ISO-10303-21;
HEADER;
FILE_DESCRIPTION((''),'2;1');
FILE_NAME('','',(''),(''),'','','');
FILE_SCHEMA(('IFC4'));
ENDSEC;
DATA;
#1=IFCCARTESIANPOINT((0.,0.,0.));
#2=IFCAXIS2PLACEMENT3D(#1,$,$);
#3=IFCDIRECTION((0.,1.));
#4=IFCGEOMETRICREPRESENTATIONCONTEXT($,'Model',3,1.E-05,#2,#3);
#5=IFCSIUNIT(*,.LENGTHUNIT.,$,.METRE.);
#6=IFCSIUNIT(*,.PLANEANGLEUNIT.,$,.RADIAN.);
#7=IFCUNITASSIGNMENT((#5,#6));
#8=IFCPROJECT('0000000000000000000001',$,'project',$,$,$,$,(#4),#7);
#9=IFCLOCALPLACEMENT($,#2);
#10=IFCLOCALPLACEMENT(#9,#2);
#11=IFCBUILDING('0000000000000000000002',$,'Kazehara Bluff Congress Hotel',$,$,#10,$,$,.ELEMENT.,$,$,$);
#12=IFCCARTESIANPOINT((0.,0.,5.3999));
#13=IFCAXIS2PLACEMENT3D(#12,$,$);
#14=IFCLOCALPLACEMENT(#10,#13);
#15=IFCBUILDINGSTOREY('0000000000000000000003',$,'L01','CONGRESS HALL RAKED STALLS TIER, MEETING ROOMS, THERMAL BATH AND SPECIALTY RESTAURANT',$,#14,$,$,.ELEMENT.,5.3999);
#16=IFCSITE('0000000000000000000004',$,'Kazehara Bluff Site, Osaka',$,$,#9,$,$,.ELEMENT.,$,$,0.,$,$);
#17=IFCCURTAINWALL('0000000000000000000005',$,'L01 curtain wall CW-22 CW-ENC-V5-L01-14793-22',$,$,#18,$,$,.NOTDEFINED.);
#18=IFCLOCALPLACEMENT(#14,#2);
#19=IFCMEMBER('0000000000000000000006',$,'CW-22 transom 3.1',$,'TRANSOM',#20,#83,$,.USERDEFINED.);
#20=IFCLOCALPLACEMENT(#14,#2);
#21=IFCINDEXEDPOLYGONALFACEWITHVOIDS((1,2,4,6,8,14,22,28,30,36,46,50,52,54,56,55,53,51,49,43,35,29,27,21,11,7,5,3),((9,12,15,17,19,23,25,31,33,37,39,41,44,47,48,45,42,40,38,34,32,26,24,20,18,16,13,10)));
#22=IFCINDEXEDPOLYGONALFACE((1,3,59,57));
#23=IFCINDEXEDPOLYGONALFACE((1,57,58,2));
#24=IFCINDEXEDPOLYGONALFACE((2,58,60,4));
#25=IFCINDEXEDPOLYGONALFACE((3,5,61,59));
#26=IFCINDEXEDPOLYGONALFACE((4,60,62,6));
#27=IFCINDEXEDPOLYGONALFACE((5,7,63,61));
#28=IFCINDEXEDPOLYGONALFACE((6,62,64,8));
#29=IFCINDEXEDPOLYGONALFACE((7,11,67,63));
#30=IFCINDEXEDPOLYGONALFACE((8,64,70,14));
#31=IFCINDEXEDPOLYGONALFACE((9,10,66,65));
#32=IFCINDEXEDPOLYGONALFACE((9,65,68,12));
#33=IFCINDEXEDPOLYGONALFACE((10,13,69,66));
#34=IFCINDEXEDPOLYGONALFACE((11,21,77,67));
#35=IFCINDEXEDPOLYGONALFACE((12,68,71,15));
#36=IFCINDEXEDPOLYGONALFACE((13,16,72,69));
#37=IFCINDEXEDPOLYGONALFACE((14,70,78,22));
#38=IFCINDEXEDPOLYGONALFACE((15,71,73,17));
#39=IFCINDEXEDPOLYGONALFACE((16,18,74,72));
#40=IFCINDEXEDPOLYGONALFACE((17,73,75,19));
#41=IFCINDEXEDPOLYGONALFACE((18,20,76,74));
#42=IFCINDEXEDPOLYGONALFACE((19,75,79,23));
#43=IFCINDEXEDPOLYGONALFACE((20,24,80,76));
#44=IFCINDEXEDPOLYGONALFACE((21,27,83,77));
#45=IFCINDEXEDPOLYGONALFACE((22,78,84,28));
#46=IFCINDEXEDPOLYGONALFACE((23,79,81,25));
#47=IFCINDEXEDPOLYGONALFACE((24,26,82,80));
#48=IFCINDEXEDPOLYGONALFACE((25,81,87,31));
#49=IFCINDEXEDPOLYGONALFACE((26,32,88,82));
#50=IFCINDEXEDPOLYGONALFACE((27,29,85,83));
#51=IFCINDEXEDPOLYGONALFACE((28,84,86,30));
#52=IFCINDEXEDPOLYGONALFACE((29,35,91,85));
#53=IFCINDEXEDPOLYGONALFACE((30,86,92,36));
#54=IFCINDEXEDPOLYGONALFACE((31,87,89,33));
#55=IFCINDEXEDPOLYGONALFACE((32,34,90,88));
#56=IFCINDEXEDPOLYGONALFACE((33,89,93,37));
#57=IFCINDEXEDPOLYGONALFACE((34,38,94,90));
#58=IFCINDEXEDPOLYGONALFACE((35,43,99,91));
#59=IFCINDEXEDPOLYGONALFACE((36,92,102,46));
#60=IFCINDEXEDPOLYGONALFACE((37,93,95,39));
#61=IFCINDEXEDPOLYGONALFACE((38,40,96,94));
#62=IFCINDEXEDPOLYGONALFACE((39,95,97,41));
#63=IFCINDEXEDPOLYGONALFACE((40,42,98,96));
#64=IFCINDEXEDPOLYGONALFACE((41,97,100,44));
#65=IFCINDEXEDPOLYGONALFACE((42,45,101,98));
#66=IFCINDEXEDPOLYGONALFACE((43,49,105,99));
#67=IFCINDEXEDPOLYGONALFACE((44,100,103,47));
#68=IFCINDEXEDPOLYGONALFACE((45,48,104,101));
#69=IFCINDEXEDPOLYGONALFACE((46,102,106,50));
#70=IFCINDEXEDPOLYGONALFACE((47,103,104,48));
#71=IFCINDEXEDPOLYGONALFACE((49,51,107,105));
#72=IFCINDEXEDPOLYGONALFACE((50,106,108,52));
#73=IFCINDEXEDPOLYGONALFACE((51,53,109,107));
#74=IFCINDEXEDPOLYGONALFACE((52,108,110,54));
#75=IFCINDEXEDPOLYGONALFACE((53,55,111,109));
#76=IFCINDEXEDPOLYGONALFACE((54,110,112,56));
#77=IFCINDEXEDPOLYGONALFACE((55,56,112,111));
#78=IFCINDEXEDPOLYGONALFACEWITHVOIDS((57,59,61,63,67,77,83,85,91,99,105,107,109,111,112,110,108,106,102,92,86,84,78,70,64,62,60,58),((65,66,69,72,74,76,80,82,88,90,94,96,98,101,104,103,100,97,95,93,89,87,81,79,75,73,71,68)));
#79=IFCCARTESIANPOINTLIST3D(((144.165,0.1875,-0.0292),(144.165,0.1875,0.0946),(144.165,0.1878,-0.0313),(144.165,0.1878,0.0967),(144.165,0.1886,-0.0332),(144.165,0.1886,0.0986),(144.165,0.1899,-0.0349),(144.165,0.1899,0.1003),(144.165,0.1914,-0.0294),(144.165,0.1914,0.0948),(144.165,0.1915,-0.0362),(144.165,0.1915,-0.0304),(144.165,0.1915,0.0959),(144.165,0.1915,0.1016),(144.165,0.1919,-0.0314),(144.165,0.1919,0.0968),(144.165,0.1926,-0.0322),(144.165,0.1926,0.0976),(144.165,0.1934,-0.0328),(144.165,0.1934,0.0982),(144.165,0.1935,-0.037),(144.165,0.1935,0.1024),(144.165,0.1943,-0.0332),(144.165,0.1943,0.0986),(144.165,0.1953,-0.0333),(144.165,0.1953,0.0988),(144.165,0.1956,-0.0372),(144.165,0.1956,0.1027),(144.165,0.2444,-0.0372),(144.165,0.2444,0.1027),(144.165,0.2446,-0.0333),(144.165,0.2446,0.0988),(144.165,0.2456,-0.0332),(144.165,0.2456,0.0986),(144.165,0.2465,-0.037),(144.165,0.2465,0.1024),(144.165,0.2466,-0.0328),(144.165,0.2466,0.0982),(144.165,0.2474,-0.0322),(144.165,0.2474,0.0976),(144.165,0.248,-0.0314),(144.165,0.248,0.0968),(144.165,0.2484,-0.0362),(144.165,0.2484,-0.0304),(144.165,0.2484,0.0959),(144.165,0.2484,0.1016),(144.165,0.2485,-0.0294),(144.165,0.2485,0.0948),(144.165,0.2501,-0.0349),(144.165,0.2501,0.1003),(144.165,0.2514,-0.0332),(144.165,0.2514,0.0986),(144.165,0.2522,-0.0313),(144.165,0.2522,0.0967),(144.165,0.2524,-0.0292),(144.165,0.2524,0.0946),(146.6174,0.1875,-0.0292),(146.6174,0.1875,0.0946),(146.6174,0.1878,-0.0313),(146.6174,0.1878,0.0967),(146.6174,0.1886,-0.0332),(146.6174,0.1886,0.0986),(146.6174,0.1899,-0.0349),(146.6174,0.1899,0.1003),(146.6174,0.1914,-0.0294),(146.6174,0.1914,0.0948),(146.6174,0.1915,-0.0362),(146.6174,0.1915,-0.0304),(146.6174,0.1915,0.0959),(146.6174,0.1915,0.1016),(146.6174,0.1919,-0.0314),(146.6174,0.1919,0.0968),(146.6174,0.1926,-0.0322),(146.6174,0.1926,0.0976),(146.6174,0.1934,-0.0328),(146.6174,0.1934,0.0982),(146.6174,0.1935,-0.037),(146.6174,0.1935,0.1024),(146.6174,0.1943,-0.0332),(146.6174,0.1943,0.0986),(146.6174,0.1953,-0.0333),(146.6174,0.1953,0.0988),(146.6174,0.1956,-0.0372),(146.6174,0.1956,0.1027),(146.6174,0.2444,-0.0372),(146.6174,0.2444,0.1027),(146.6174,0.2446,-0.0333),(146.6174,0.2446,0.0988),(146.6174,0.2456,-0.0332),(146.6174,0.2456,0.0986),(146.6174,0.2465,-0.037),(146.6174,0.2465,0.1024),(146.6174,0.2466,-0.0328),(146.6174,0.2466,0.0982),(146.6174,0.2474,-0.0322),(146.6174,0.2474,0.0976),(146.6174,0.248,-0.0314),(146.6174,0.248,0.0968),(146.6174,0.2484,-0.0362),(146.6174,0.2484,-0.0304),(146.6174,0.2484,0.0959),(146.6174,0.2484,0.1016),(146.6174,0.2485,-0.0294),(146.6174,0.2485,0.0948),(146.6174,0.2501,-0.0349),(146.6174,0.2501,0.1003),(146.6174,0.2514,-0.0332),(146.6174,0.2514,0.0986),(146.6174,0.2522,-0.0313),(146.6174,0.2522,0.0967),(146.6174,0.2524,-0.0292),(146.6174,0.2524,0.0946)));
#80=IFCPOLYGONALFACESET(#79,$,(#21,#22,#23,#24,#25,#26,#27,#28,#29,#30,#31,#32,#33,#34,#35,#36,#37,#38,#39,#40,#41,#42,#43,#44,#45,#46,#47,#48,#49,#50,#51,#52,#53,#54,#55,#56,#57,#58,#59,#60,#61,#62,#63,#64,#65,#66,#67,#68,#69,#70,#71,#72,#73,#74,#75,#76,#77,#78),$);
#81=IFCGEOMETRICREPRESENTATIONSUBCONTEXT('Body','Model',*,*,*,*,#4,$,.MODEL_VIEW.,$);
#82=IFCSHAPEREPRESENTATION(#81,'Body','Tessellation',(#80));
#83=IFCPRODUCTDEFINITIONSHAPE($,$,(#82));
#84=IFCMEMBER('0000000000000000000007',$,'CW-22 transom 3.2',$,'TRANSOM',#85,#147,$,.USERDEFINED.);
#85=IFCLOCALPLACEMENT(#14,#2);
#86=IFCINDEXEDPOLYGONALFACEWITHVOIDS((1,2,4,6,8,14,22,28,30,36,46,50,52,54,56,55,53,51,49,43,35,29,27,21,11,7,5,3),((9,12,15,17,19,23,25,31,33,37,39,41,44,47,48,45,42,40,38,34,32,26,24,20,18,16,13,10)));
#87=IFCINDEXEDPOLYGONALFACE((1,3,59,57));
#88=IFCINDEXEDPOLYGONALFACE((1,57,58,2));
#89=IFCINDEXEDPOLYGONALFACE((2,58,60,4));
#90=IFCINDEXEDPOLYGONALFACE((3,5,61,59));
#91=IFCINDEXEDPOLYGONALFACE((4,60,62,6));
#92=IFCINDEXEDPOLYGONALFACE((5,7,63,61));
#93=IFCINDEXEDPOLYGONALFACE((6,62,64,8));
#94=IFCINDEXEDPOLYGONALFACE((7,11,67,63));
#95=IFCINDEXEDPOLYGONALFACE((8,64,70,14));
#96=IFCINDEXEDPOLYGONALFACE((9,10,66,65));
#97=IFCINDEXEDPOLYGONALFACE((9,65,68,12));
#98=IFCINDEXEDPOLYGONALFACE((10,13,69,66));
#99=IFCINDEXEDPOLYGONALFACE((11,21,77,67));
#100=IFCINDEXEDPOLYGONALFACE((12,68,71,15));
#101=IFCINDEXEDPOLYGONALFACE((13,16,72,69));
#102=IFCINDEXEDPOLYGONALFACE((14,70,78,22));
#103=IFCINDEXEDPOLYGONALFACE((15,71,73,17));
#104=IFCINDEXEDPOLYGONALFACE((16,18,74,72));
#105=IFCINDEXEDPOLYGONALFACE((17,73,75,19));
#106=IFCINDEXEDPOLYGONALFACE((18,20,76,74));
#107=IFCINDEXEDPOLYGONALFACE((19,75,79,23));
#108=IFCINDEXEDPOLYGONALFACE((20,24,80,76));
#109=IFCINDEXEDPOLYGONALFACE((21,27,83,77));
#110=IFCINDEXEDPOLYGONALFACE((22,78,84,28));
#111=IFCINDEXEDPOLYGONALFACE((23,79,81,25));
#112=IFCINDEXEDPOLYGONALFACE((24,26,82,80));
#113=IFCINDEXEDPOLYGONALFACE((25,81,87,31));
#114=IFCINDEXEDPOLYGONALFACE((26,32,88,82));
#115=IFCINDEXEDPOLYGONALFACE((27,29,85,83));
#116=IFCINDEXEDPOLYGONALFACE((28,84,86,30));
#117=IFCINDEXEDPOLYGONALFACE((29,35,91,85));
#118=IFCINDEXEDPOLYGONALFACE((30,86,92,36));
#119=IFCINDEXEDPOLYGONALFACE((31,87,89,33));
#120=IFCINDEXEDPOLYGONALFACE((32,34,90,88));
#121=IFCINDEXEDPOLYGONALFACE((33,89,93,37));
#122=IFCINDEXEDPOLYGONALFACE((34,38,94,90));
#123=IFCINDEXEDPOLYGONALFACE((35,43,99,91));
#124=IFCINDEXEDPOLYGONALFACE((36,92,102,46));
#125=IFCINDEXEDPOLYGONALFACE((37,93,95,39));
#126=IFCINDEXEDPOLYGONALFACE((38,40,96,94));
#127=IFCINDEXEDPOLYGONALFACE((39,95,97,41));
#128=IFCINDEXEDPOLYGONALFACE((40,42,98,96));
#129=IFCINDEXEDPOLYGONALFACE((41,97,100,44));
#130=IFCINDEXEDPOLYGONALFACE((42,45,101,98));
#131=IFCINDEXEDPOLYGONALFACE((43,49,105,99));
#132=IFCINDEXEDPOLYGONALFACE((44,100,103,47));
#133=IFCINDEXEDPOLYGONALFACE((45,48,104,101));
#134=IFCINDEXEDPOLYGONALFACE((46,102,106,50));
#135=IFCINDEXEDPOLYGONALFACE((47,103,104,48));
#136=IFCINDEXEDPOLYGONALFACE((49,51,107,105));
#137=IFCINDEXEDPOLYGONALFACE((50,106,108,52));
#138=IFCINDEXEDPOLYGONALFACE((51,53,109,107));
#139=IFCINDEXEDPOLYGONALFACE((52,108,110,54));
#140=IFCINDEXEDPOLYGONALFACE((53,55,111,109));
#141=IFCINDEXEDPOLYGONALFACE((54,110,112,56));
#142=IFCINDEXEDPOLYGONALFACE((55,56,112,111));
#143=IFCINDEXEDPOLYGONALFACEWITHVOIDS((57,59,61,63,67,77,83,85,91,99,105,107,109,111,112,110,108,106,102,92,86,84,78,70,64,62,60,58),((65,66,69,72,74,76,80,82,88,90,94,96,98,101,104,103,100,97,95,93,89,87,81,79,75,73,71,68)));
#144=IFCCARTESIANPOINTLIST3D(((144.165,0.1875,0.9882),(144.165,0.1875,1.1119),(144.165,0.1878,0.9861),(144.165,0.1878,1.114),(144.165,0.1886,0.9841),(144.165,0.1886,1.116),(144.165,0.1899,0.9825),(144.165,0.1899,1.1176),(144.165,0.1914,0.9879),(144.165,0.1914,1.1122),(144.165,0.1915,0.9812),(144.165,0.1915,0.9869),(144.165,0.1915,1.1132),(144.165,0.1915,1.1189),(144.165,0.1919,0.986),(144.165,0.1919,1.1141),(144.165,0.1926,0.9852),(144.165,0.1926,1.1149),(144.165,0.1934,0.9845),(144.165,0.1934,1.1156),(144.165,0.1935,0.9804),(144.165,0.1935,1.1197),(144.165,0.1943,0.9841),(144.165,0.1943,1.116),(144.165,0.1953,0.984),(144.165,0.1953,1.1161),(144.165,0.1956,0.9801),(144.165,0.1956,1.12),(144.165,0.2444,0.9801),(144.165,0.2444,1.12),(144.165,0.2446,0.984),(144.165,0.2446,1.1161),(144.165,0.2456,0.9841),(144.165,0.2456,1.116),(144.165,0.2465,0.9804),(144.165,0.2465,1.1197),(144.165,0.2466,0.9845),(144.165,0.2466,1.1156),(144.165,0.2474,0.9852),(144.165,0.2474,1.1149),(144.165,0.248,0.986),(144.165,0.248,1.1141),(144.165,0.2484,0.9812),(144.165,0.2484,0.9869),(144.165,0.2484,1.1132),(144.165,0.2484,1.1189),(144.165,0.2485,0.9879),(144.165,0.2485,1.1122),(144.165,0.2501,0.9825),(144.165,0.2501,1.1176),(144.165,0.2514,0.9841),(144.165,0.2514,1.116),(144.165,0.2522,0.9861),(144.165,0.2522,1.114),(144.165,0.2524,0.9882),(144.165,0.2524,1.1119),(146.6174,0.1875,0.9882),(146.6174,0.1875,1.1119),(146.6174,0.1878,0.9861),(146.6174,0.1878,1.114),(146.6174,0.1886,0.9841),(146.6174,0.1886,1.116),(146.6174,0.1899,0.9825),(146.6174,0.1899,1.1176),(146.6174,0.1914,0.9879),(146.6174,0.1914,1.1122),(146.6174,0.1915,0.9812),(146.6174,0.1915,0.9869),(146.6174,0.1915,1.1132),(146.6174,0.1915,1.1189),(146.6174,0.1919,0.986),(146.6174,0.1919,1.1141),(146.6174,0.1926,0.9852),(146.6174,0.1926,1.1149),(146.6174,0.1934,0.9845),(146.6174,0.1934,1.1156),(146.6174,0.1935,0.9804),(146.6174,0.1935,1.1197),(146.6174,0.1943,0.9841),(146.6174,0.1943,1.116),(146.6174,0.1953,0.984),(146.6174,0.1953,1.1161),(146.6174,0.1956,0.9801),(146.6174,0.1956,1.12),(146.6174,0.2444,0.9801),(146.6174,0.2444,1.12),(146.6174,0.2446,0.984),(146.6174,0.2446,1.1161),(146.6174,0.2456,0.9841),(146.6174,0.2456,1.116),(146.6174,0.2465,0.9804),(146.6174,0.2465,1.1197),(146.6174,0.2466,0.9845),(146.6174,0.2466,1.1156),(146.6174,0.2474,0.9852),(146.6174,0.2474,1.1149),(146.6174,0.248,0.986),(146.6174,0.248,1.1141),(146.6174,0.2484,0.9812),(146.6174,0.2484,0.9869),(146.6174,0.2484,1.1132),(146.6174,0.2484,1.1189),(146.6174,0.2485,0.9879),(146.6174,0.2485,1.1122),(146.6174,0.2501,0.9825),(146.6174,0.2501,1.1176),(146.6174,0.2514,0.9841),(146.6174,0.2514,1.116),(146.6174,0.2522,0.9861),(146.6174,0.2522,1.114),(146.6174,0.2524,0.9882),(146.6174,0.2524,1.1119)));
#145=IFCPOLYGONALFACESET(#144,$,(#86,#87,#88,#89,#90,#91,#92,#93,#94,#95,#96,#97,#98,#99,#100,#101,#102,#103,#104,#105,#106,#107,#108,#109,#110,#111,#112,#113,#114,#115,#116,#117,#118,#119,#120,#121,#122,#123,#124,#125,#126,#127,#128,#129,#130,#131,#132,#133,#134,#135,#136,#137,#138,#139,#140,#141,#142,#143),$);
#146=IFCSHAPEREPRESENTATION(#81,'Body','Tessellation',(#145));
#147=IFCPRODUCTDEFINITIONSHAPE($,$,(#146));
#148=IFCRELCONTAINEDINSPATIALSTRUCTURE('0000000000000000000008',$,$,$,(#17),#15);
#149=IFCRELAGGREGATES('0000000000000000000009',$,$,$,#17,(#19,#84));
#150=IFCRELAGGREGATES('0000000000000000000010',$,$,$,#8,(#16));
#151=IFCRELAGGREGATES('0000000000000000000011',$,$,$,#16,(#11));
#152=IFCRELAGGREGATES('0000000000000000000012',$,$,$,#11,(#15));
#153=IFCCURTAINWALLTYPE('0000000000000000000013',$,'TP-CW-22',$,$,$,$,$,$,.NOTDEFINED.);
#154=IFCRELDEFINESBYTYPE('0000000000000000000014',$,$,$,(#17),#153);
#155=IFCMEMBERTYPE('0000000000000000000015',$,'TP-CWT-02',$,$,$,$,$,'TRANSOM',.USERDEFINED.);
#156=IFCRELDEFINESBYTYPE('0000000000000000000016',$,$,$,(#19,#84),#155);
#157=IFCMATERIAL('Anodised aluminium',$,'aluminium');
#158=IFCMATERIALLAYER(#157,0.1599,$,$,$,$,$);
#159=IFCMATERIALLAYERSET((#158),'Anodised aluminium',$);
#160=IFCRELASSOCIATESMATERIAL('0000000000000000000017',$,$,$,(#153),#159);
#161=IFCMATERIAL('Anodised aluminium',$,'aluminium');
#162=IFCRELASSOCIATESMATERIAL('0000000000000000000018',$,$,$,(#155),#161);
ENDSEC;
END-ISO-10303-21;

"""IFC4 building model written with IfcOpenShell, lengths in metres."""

from ifc_helpers import new_model, si_unit, direction, frame, origin, origin_2d, place, context, subcontext, project, spatial, hollow_rectangle, extrude, material, layer, layer_set, material_profile, profile_set, type_object, element, aggregate, save


model = new_model("IFC4")

# Units and contexts
model_context = context("Model", 3, precision=1e-05, world=origin(), true_north=direction((0.0, 1.0)))
body_context = subcontext(model_context, "Body", "Model", "MODEL_VIEW")
ifc_project = project(units=[si_unit("LENGTHUNIT", "METRE"), si_unit("PLANEANGLEUNIT", "RADIAN")], contexts=[model_context])

# Site, building, storey
site_placement = place(None, origin())
site = spatial("IfcSite", under=ifc_project, at=site_placement, Name="Kazehara Bluff Site, Osaka", CompositionType="ELEMENT", RefElevation=0.0)
building_placement = place(site_placement, origin())
building = spatial("IfcBuilding", under=site, at=building_placement, Name="Kazehara Bluff Congress Hotel", CompositionType="ELEMENT")
storey_placement = place(building_placement, frame((0.0, 0.0, 5.3999)))
storey = spatial("IfcBuildingStorey", under=building, at=storey_placement, Name="L01", Description="CONGRESS HALL RAKED STALLS TIER, MEETING ROOMS, THERMAL BATH AND SPECIALTY RESTAURANT", CompositionType="ELEMENT", Elevation=5.3999)

# Curtain wall
ifc_material_1 = material(Name="Anodised aluminium", Category="aluminium")
ifc_layer_1 = layer(ifc_material_1, 0.1599)
ifc_layer_set_1 = layer_set([ifc_layer_1], Name="Anodised aluminium")
curtain_wall_type_1 = type_object("IfcCurtainWallType", Name="TP-CW-22", PredefinedType="NOTDEFINED", material=ifc_layer_set_1)
curtain_wall_1_placement = place(storey_placement, origin())
curtain_wall_1 = element("IfcCurtainWall", 1, at=curtain_wall_1_placement, inside=storey, type_object=curtain_wall_type_1, Name="L01 curtain wall CW-22 CW-ENC-V5-L01-14793-22", PredefinedType="NOTDEFINED")

# Members
ifc_material_2 = material(Name="Anodised aluminium", Category="aluminium")
ifc_material_profile_1 = material_profile(ifc_material_2, hollow_rectangle(XDim=0.0649, YDim=0.1399, WallThickness=0.0039, InnerFilletRadius=0.0039, OuterFilletRadius=0.0081, at=origin_2d()))
ifc_profile_set_1 = profile_set([ifc_material_profile_1], Name="Anodised aluminium")
member_type_1 = type_object("IfcMemberType", Name="TP-CWT-02", ElementType="TRANSOM", PredefinedType="USERDEFINED", material=ifc_profile_set_1)
member_1_placement = place(storey_placement, frame((146.6174, 0.22, 0.0327), z_axis=(-1.0, 0.0, 0.0), x_axis=(0.0, -1.0, 0.0)))
member_1 = element("IfcMember", 2, at=member_1_placement, type_object=member_type_1, Name="CW-22 transom 3.1", ObjectType="TRANSOM", PredefinedType="USERDEFINED", context=body_context, shape_type="SweptSolid", body=[
    extrude(hollow_rectangle(XDim=0.0649, YDim=0.1399, WallThickness=0.0039, InnerFilletRadius=0.0039, OuterFilletRadius=0.0081, at=origin_2d()), origin(), (0.0, 0.0, 1.0), 2.4524),
])
member_2_placement = place(storey_placement, frame((146.6174, 0.22, 1.05), z_axis=(-1.0, 0.0, 0.0), x_axis=(0.0, -1.0, 0.0)))
member_2 = element("IfcMember", 3, at=member_2_placement, type_object=member_type_1, Name="CW-22 transom 3.2", ObjectType="TRANSOM", PredefinedType="USERDEFINED", context=body_context, shape_type="SweptSolid", body=[
    extrude(hollow_rectangle(XDim=0.0649, YDim=0.1399, WallThickness=0.0039, InnerFilletRadius=0.0039, OuterFilletRadius=0.0081, at=origin_2d()), origin(), (0.0, 0.0, 1.0), 2.4524),
])

aggregate(curtain_wall_1, [member_1, member_2])

save(model, "model.ifc")
